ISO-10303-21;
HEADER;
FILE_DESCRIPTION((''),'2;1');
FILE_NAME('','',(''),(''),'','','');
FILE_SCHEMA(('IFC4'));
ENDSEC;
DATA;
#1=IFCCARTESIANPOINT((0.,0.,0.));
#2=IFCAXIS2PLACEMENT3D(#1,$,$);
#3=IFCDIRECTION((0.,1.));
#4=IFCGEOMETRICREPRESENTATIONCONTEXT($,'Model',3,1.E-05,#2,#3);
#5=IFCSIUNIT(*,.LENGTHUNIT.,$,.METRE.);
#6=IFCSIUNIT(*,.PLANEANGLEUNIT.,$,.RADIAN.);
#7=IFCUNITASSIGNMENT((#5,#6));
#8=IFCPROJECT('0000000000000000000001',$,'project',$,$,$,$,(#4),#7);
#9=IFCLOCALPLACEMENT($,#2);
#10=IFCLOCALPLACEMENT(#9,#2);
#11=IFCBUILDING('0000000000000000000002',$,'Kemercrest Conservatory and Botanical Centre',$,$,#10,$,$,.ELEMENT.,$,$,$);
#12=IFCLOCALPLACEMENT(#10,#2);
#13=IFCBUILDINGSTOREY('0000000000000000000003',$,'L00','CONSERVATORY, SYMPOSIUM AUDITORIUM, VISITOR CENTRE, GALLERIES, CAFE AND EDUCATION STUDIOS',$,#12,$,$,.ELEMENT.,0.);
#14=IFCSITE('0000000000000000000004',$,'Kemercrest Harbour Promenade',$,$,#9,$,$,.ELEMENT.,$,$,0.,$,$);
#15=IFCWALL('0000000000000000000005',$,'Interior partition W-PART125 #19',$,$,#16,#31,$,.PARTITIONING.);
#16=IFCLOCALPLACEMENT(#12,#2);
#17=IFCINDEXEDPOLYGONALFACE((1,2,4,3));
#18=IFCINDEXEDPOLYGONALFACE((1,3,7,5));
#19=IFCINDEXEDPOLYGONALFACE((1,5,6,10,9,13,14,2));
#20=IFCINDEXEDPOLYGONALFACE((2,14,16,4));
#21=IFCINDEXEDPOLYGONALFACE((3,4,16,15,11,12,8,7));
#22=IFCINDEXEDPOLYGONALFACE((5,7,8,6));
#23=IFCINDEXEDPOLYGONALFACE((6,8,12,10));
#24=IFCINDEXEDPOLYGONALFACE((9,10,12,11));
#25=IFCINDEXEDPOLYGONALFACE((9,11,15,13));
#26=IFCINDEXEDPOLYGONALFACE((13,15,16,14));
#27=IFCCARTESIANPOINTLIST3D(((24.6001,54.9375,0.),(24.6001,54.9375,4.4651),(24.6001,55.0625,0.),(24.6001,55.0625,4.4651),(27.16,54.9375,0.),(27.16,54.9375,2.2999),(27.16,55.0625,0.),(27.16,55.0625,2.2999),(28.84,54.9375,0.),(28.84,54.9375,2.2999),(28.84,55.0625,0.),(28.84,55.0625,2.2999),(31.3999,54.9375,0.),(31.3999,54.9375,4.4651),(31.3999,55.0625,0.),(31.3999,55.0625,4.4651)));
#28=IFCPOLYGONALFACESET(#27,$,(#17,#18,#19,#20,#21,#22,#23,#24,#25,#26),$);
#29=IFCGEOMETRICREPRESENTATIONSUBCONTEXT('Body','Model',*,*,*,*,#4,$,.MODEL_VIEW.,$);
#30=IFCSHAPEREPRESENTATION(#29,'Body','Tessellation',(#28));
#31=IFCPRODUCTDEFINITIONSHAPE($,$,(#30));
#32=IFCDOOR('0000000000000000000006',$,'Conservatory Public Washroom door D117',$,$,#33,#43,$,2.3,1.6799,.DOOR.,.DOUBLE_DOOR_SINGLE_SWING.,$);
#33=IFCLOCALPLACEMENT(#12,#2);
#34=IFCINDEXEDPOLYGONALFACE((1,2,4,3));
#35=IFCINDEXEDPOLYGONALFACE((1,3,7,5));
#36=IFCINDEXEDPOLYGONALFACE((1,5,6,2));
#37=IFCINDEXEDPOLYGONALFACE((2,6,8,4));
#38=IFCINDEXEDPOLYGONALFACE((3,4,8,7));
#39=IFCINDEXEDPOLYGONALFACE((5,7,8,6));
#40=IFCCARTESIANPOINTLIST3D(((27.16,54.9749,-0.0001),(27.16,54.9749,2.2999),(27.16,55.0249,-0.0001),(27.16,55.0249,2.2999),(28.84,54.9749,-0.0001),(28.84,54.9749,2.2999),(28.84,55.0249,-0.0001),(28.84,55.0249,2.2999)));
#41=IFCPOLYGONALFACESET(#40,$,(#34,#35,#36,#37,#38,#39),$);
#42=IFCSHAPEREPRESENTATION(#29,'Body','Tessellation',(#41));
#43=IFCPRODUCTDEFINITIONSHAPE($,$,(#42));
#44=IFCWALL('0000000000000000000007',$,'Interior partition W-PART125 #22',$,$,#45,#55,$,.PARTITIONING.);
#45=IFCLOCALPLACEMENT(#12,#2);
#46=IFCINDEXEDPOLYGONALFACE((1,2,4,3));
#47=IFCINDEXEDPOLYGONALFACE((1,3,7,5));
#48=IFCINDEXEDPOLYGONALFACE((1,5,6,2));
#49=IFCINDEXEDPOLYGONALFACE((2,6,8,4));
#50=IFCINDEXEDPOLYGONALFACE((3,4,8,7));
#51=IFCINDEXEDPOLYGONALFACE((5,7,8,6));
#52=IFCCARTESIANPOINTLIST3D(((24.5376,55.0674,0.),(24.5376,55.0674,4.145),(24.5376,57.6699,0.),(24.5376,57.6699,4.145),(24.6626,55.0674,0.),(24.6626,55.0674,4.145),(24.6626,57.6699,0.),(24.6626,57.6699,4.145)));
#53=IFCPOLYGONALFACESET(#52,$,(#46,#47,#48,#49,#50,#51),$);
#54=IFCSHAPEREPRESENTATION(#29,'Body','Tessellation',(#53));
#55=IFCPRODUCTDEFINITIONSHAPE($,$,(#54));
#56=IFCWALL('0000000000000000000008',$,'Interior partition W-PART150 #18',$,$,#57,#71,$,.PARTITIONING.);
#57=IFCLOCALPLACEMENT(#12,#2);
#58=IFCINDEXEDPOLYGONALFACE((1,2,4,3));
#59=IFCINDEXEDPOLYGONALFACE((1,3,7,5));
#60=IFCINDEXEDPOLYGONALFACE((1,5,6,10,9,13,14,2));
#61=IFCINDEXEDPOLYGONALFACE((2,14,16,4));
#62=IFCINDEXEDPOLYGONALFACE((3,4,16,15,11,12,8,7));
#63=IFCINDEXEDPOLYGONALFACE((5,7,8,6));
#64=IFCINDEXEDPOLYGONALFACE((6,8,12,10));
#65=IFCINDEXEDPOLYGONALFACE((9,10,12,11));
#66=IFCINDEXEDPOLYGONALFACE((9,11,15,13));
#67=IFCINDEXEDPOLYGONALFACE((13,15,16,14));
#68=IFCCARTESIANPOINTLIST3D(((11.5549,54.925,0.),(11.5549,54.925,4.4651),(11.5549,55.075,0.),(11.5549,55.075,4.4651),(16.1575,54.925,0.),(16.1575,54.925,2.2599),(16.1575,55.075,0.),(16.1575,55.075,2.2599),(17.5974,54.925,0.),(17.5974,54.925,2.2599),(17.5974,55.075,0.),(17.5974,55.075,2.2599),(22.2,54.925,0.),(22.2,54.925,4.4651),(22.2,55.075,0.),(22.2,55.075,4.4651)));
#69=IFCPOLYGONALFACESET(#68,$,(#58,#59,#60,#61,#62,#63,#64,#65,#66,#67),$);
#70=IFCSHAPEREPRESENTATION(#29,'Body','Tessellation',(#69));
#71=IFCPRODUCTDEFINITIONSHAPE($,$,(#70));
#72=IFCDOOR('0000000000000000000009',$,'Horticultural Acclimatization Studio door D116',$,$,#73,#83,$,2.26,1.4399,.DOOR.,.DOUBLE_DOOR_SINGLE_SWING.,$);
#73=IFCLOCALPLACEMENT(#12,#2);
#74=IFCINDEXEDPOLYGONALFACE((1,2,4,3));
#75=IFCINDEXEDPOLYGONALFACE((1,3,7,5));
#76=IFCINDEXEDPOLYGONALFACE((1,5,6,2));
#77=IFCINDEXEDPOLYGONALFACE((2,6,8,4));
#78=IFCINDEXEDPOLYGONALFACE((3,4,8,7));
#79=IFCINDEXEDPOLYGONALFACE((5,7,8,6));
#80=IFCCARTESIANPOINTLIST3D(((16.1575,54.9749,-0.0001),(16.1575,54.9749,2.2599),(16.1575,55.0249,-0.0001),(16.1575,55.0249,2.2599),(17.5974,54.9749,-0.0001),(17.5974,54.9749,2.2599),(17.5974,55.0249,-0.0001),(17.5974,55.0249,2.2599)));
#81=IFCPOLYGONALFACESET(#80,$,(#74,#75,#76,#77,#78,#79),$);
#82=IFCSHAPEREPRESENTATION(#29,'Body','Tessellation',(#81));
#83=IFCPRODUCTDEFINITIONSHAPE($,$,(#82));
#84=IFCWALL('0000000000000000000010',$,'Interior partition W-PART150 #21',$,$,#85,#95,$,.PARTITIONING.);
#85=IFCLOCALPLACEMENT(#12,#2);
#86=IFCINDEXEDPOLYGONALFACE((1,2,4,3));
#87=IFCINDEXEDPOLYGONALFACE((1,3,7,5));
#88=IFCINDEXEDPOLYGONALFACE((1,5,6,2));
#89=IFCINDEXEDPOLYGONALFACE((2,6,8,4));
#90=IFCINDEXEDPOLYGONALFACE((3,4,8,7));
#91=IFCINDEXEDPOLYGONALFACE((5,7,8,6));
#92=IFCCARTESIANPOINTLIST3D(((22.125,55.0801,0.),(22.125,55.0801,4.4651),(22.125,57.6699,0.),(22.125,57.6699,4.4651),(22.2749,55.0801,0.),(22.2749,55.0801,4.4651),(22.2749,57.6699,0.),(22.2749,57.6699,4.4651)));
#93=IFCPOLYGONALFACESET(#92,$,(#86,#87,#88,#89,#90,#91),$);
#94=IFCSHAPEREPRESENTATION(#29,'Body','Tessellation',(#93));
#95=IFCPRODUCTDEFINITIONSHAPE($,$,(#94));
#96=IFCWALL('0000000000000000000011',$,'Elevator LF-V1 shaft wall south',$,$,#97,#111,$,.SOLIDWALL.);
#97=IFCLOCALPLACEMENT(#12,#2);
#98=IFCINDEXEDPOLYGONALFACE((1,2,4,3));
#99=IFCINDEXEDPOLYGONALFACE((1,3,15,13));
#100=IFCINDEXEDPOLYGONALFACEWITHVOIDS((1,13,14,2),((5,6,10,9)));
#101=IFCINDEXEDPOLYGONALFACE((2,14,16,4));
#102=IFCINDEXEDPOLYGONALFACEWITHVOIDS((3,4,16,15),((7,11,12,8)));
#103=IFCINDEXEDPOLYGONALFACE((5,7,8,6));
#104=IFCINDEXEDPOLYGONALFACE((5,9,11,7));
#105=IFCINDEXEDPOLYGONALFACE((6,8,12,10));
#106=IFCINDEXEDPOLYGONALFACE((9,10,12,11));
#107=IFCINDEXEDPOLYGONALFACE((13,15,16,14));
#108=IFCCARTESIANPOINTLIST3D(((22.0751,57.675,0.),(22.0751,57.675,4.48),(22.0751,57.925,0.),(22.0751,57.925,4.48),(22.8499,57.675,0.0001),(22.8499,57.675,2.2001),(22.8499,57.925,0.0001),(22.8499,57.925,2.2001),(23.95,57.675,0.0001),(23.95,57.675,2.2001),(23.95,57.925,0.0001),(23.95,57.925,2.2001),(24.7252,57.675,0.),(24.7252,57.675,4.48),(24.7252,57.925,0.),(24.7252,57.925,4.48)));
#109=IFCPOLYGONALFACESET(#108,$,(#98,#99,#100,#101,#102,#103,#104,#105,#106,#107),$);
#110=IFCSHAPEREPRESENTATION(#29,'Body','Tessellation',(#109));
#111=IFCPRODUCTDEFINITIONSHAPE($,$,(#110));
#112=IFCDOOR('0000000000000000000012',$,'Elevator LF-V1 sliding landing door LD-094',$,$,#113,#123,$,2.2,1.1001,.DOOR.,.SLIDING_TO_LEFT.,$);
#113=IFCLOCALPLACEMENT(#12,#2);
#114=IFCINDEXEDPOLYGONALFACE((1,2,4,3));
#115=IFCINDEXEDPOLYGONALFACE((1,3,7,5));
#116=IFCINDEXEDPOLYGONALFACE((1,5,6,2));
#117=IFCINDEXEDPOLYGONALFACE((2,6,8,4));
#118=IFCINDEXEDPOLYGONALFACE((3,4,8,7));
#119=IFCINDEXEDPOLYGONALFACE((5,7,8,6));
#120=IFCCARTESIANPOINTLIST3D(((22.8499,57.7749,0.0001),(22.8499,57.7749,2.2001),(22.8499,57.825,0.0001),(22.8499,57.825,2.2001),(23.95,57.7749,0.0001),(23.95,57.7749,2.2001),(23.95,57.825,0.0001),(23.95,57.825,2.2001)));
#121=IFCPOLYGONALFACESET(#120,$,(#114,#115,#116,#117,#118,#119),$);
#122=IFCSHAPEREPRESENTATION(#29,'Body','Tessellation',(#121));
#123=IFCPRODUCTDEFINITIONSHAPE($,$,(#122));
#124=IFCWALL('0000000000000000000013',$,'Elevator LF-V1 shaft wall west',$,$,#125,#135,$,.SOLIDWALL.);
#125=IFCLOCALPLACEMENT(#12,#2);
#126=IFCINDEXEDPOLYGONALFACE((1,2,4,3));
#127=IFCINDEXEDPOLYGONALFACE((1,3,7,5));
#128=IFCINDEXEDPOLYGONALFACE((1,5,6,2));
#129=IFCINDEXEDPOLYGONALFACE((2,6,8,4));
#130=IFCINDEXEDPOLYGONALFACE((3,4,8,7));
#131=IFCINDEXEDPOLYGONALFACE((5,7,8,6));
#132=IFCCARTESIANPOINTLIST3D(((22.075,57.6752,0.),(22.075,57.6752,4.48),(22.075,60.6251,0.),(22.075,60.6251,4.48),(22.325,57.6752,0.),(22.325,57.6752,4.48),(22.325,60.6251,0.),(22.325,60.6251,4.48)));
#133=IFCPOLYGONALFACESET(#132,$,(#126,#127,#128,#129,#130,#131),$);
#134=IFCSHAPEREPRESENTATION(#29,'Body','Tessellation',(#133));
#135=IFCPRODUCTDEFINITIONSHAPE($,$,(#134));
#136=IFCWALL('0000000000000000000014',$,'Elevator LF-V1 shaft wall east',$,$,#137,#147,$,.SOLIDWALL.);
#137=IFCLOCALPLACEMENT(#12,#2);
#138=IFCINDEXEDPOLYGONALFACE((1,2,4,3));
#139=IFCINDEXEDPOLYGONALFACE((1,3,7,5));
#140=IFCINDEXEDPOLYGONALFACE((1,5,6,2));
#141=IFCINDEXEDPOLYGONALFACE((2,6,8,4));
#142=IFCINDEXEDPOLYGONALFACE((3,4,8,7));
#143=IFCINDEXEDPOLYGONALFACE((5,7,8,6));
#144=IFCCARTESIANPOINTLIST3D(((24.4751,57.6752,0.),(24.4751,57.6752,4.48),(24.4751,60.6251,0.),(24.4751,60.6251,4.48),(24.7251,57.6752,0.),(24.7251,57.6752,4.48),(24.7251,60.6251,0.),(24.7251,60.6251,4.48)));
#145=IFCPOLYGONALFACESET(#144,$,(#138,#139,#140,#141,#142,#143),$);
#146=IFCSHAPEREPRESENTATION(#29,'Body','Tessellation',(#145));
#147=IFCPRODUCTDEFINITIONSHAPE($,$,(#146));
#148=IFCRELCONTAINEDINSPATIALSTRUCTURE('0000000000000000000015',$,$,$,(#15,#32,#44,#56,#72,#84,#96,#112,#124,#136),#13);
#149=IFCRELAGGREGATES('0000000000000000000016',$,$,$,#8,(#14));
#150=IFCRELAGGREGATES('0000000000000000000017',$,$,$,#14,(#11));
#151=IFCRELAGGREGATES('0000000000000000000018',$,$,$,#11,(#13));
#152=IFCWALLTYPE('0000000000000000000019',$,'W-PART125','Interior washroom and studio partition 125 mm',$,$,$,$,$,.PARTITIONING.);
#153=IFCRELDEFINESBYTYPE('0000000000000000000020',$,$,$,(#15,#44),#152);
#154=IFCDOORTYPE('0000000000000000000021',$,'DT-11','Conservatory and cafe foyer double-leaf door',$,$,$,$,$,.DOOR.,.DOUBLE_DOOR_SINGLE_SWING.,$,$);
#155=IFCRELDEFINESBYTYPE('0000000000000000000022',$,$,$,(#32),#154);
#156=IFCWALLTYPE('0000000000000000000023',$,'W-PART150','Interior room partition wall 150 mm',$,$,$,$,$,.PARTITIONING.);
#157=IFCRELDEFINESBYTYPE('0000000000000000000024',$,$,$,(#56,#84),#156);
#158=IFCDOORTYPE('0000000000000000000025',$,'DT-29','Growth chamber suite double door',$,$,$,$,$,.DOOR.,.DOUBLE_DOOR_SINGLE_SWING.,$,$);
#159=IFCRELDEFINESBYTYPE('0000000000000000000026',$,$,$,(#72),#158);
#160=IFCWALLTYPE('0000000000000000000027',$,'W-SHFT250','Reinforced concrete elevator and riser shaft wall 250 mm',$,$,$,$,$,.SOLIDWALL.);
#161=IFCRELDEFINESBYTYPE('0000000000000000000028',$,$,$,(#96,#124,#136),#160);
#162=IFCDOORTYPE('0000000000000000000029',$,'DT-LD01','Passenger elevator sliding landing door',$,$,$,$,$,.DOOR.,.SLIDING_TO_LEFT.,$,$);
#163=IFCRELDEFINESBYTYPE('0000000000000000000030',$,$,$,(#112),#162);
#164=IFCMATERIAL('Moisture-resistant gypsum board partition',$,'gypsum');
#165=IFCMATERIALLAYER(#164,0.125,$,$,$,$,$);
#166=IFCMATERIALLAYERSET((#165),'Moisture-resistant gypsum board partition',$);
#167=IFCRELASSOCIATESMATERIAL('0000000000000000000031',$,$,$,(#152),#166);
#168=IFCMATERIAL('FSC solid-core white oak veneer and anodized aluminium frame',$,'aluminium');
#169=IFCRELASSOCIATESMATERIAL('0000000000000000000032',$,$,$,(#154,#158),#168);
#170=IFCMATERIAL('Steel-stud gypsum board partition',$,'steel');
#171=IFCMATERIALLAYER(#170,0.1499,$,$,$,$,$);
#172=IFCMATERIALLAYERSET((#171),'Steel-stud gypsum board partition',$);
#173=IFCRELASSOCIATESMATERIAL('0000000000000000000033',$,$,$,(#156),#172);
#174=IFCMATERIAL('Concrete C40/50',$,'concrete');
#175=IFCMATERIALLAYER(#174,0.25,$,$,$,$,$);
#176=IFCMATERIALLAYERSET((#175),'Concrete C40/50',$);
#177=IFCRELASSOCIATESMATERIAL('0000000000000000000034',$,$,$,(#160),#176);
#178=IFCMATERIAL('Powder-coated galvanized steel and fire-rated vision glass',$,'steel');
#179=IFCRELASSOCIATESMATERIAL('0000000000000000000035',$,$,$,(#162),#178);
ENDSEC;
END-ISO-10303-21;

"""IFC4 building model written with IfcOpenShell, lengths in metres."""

from ifc_helpers import new_model, si_unit, direction, frame, frame_2d, origin, place, context, subcontext, project, spatial, rectangle, extrude, material, layer, layer_set, type_object, element, fill, save


model = new_model("IFC4")

# Units and contexts
model_context = context("Model", 3, precision=1e-05, world=origin(), true_north=direction((0.0, 1.0)))
body_context = subcontext(model_context, "Body", "Model", "MODEL_VIEW")
ifc_project = project(units=[si_unit("LENGTHUNIT", "METRE"), si_unit("PLANEANGLEUNIT", "RADIAN")], contexts=[model_context])

# Site, building, storey
site_placement = place(None, origin())
site = spatial("IfcSite", under=ifc_project, at=site_placement, Name="Kemercrest Harbour Promenade", CompositionType="ELEMENT", RefElevation=0.0)
building_placement = place(site_placement, origin())
building = spatial("IfcBuilding", under=site, at=building_placement, Name="Kemercrest Conservatory and Botanical Centre", CompositionType="ELEMENT")
storey_placement = place(building_placement, origin())
storey = spatial("IfcBuildingStorey", under=building, at=storey_placement, Name="L00", Description="CONSERVATORY, SYMPOSIUM AUDITORIUM, VISITOR CENTRE, GALLERIES, CAFE AND EDUCATION STUDIOS", CompositionType="ELEMENT", Elevation=0.0)

# Shared definitions
ifc_material_1 = material(Name="Concrete C40/50", Category="concrete")

# Wall, opening, door
ifc_material_2 = material(Name="Moisture-resistant gypsum board partition", Category="gypsum")
ifc_layer_1 = layer(ifc_material_2, 0.125)
ifc_layer_set_1 = layer_set([ifc_layer_1], Name="Moisture-resistant gypsum board partition")
wall_type_1 = type_object("IfcWallType", Name="W-PART125", Description="Interior washroom and studio partition 125 mm", PredefinedType="PARTITIONING", material=ifc_layer_set_1)
wall_1_placement = place(storey_placement, frame((24.6001, 55.0, 0.0), z_axis=(0.0, 0.0, 1.0), x_axis=(1.0, 0.0, 0.0)))
wall_1 = element("IfcWall", 1, at=wall_1_placement, inside=storey, type_object=wall_type_1, Name="Interior partition W-PART125 #19", PredefinedType="PARTITIONING", context=body_context, shape_type="SweptSolid", body=[
    extrude(rectangle(XDim=6.7998, YDim=0.125, at=frame_2d((3.3999, 0.0))), origin(), (0.0, 0.0, 1.0), 4.4651),
])
opening_1_placement = place(wall_1_placement, frame((2.5601, 0.0, 0.0)))
opening_1 = element("IfcOpeningElement", 2, at=opening_1_placement, cuts=wall_1, PredefinedType="OPENING", context=body_context, shape_type="SweptSolid", body=[
    extrude(rectangle(XDim=1.6799, YDim=2.3, at=frame_2d((0.8398, 1.1499))), frame((0.0, 0.0725, 0.0), z_axis=(0.0, -1.0, 0.0), x_axis=(1.0, 0.0, 0.0)), (0.0, 0.0, 1.0), 0.145),
])
ifc_material_3 = material(Name="FSC solid-core white oak veneer and anodized aluminium frame", Category="aluminium")
door_type_1 = type_object("IfcDoorType", Name="DT-11", Description="Conservatory and cafe foyer double-leaf door", OperationType="DOUBLE_DOOR_SINGLE_SWING", PredefinedType="DOOR", material=ifc_material_3)
door_1_placement = place(opening_1_placement, origin())
door_1 = element("IfcDoor", 3, at=door_1_placement, inside=storey, type_object=door_type_1, Name="Conservatory Public Washroom door D117", OperationType="DOUBLE_DOOR_SINGLE_SWING", OverallHeight=2.3, OverallWidth=1.6799, PredefinedType="DOOR", context=body_context, shape_type="SweptSolid", body=[
    extrude(rectangle(XDim=1.6799, YDim=2.3, at=frame_2d((0.8398, 1.1499))), frame((0.0, 0.0249, 0.0), z_axis=(0.0, -1.0, 0.0), x_axis=(1.0, 0.0, 0.0)), (0.0, 0.0, 1.0), 0.05),
])
fill(opening_1, door_1)

# Wall
wall_2_placement = place(storey_placement, frame((24.6001, 55.0674, 0.0), z_axis=(0.0, 0.0, 1.0), x_axis=(0.0, 1.0, 0.0)))
element("IfcWall", 4, at=wall_2_placement, inside=storey, type_object=wall_type_1, Name="Interior partition W-PART125 #22", PredefinedType="PARTITIONING", context=body_context, shape_type="SweptSolid", body=[
    extrude(rectangle(XDim=2.6025, YDim=0.125, at=frame_2d((1.3013, 0.0))), origin(), (0.0, 0.0, 1.0), 4.145),
])

# Wall, opening, door
ifc_material_4 = material(Name="Steel-stud gypsum board partition", Category="steel")
ifc_layer_2 = layer(ifc_material_4, 0.1499)
ifc_layer_set_2 = layer_set([ifc_layer_2], Name="Steel-stud gypsum board partition")
wall_type_2 = type_object("IfcWallType", Name="W-PART150", Description="Interior room partition wall 150 mm", PredefinedType="PARTITIONING", material=ifc_layer_set_2)
wall_3_placement = place(storey_placement, frame((11.5549, 55.0, 0.0), z_axis=(0.0, 0.0, 1.0), x_axis=(1.0, 0.0, 0.0)))
wall_3 = element("IfcWall", 5, at=wall_3_placement, inside=storey, type_object=wall_type_2, Name="Interior partition W-PART150 #18", PredefinedType="PARTITIONING", context=body_context, shape_type="SweptSolid", body=[
    extrude(rectangle(XDim=10.645, YDim=0.1499, at=frame_2d((5.3225, 0.0))), origin(), (0.0, 0.0, 1.0), 4.4651),
])
opening_2_placement = place(wall_3_placement, frame((4.6025, 0.0, 0.0)))
opening_2 = element("IfcOpeningElement", 6, at=opening_2_placement, cuts=wall_3, PredefinedType="OPENING", context=body_context, shape_type="SweptSolid", body=[
    extrude(rectangle(XDim=1.4399, YDim=2.26, at=frame_2d((0.72, 1.1299))), frame((0.0, 0.085, 0.0), z_axis=(0.0, -1.0, 0.0), x_axis=(1.0, 0.0, 0.0)), (0.0, 0.0, 1.0), 0.1699),
])
door_type_2 = type_object("IfcDoorType", Name="DT-29", Description="Growth chamber suite double door", OperationType="DOUBLE_DOOR_SINGLE_SWING", PredefinedType="DOOR", material=ifc_material_3)
door_2_placement = place(opening_2_placement, origin())
door_2 = element("IfcDoor", 7, at=door_2_placement, inside=storey, type_object=door_type_2, Name="Horticultural Acclimatization Studio door D116", OperationType="DOUBLE_DOOR_SINGLE_SWING", OverallHeight=2.26, OverallWidth=1.4399, PredefinedType="DOOR", context=body_context, shape_type="SweptSolid", body=[
    extrude(rectangle(XDim=1.4399, YDim=2.26, at=frame_2d((0.72, 1.1299))), frame((0.0, 0.0249, 0.0), z_axis=(0.0, -1.0, 0.0), x_axis=(1.0, 0.0, 0.0)), (0.0, 0.0, 1.0), 0.05),
])
fill(opening_2, door_2)

# Wall
wall_4_placement = place(storey_placement, frame((22.2, 55.0801, 0.0), z_axis=(0.0, 0.0, 1.0), x_axis=(0.0, 1.0, 0.0)))
element("IfcWall", 8, at=wall_4_placement, inside=storey, type_object=wall_type_2, Name="Interior partition W-PART150 #21", PredefinedType="PARTITIONING", context=body_context, shape_type="SweptSolid", body=[
    extrude(rectangle(XDim=2.5898, YDim=0.1499, at=frame_2d((1.2949, 0.0))), origin(), (0.0, 0.0, 1.0), 4.4651),
])

# Wall, opening, door
ifc_layer_3 = layer(ifc_material_1, 0.25)
ifc_layer_set_3 = layer_set([ifc_layer_3], Name="Concrete C40/50")
wall_type_3 = type_object("IfcWallType", Name="W-SHFT250", Description="Reinforced concrete elevator and riser shaft wall 250 mm", PredefinedType="SOLIDWALL", material=ifc_layer_set_3)
wall_5_placement = place(storey_placement, frame((22.075, 57.8, 0.0), z_axis=(0.0, 0.0, 1.0), x_axis=(1.0, 0.0, 0.0)))
wall_5 = element("IfcWall", 9, at=wall_5_placement, inside=storey, type_object=wall_type_3, Name="Elevator LF-V1 shaft wall south", PredefinedType="SOLIDWALL", context=body_context, shape_type="SweptSolid", body=[
    extrude(rectangle(XDim=2.6501, YDim=0.25, at=frame_2d((1.3252, 0.0))), origin(), (0.0, 0.0, 1.0), 4.48),
])
opening_3_placement = place(wall_5_placement, frame((0.7749, 0.0, 0.0)))
opening_3 = element("IfcOpeningElement", 10, at=opening_3_placement, cuts=wall_5, PredefinedType="OPENING", context=body_context, shape_type="SweptSolid", body=[
    extrude(rectangle(XDim=1.1001, YDim=2.2, at=frame_2d((0.55, 1.1001))), frame((0.0, 0.135, 0.0), z_axis=(0.0, -1.0, 0.0), x_axis=(1.0, 0.0, 0.0)), (0.0, 0.0, 1.0), 0.27),
])
ifc_material_5 = material(Name="Powder-coated galvanized steel and fire-rated vision glass", Category="steel")
door_type_3 = type_object("IfcDoorType", Name="DT-LD01", Description="Passenger elevator sliding landing door", OperationType="SLIDING_TO_LEFT", PredefinedType="DOOR", material=ifc_material_5)
door_3_placement = place(opening_3_placement, origin())
door_3 = element("IfcDoor", 11, at=door_3_placement, inside=storey, type_object=door_type_3, Name="Elevator LF-V1 sliding landing door LD-094", OperationType="SLIDING_TO_LEFT", OverallHeight=2.2, OverallWidth=1.1001, PredefinedType="DOOR", context=body_context, shape_type="SweptSolid", body=[
    extrude(rectangle(XDim=1.1001, YDim=2.2, at=frame_2d((0.55, 1.1001))), frame((0.0, 0.0249, 0.0), z_axis=(0.0, -1.0, 0.0), x_axis=(1.0, 0.0, 0.0)), (0.0, 0.0, 1.0), 0.05),
])
fill(opening_3, door_3)

# Walls
for number, where, z_axis, x_axis, name in (
    (12, (22.2, 57.675, 0.0), (0.0, 0.0, 1.0), (0.0, 1.0, 0.0), "Elevator LF-V1 shaft wall west"),
    (13, (24.6001, 57.675, 0.0), (0.0, 0.0, 1.0), (0.0, 1.0, 0.0), "Elevator LF-V1 shaft wall east"),
):
    element("IfcWall", number, at=place(storey_placement, frame(where, z_axis=z_axis, x_axis=x_axis)), inside=storey, type_object=wall_type_3, Name=name, PredefinedType="SOLIDWALL", context=body_context, shape_type="SweptSolid", body=[
        extrude(rectangle(XDim=2.95, YDim=0.25, at=frame_2d((1.4751, 0.0))), origin(), (0.0, 0.0, 1.0), 4.48),
    ])

save(model, "model.ifc")
